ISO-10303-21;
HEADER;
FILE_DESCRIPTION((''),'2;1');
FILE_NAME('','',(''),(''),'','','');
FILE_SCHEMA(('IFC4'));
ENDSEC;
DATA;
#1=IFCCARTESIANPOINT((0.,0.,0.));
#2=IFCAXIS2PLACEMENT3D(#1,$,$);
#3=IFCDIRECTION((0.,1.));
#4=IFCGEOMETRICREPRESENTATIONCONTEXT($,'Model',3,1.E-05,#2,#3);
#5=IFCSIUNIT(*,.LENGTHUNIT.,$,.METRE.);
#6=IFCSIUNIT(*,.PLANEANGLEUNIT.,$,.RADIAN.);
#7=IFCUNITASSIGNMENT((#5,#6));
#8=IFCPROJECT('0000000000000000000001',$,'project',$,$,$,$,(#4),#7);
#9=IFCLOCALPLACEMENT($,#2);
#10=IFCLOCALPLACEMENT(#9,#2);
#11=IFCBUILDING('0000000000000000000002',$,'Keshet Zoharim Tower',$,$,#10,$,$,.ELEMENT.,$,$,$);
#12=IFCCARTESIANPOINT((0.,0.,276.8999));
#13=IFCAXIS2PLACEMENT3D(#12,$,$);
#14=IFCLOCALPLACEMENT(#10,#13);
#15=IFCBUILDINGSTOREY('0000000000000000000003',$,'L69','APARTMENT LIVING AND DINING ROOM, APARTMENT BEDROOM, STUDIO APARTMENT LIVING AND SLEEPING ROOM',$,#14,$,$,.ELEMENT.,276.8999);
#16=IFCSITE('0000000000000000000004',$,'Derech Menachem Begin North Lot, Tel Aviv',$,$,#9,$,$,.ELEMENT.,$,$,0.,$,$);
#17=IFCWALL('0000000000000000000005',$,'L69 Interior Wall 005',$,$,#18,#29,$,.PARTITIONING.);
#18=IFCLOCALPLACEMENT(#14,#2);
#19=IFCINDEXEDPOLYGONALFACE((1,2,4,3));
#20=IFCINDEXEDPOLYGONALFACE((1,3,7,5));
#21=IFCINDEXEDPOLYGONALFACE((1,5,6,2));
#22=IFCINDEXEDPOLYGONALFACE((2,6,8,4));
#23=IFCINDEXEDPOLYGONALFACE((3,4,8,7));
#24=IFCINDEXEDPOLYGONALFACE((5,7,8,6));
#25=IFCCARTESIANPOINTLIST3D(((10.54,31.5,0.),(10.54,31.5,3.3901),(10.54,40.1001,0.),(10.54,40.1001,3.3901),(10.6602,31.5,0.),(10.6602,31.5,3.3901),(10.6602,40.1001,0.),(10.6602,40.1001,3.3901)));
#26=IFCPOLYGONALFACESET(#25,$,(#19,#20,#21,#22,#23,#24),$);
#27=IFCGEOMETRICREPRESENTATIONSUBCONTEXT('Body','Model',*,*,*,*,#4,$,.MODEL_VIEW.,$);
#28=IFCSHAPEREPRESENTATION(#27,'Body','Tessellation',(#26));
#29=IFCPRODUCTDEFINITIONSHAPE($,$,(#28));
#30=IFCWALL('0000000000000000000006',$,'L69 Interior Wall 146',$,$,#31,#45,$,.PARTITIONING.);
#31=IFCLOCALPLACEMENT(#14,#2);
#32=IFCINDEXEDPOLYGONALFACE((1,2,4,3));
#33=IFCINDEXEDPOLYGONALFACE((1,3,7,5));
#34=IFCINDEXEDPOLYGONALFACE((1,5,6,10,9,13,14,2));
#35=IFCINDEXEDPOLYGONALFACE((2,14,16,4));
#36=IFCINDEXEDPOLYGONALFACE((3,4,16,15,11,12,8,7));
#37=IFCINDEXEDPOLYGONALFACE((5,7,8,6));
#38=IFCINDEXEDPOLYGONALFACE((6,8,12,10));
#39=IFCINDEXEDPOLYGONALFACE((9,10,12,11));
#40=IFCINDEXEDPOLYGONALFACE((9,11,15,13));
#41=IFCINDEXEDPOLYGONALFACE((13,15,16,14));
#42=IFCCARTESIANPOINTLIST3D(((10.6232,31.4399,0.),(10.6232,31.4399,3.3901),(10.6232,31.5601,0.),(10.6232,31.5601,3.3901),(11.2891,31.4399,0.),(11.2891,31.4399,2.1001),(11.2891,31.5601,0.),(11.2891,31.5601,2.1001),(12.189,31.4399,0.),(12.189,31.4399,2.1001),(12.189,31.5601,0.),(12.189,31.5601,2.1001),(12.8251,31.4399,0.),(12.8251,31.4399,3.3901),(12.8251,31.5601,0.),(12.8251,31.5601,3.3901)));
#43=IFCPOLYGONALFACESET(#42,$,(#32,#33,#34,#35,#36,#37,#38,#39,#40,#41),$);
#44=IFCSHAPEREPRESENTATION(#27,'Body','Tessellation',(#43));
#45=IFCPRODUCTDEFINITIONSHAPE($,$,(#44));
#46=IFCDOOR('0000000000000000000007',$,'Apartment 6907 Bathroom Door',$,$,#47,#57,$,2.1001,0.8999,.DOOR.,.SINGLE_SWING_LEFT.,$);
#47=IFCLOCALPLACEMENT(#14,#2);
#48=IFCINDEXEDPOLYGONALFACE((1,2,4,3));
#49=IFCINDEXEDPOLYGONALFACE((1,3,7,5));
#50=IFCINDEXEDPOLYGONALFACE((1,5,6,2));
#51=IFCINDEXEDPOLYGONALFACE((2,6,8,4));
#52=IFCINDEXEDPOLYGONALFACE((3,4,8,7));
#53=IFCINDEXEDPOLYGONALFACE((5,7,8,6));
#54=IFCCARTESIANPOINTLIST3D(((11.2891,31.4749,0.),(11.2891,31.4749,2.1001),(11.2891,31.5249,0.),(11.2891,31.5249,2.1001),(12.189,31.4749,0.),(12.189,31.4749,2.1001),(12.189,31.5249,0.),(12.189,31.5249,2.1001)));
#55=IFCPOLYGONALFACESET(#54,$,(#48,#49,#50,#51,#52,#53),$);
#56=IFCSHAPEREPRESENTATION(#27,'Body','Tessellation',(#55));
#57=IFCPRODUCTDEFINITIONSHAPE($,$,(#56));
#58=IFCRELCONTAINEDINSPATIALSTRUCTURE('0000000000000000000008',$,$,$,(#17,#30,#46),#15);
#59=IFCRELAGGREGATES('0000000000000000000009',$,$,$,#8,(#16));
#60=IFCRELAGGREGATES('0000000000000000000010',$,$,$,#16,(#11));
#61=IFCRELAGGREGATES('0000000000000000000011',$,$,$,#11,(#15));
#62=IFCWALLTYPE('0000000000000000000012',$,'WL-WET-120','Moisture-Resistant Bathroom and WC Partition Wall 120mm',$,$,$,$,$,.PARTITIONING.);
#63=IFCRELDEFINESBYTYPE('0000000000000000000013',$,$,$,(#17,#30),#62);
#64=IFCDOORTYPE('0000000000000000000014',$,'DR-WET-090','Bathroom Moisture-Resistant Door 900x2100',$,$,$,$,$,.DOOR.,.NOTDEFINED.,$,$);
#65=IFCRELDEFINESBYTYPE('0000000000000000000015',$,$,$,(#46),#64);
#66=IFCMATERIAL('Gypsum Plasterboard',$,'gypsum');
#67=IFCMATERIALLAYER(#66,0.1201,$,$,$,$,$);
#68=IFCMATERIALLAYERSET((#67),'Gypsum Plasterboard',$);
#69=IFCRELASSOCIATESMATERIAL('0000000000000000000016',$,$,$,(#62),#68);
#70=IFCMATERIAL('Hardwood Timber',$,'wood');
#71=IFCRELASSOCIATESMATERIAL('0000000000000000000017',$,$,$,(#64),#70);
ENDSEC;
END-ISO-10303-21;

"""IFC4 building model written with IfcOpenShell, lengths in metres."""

from ifc_helpers import new_model, si_unit, direction, frame, frame_2d, origin, place, context, subcontext, project, spatial, rectangle, extrude, material, layer, layer_set, type_object, element, fill, save


model = new_model("IFC4")

# Units and contexts
model_context = context("Model", 3, precision=1e-05, world=origin(), true_north=direction((0.0, 1.0)))
body_context = subcontext(model_context, "Body", "Model", "MODEL_VIEW")
ifc_project = project(units=[si_unit("LENGTHUNIT", "METRE"), si_unit("PLANEANGLEUNIT", "RADIAN")], contexts=[model_context])

# Site, building, storey
site_placement = place(None, origin())
site = spatial("IfcSite", under=ifc_project, at=site_placement, Name="Derech Menachem Begin North Lot, Tel Aviv", CompositionType="ELEMENT", RefElevation=0.0)
building_placement = place(site_placement, origin())
building = spatial("IfcBuilding", under=site, at=building_placement, Name="Keshet Zoharim Tower", CompositionType="ELEMENT")
storey_placement = place(building_placement, frame((0.0, 0.0, 276.8999)))
storey = spatial("IfcBuildingStorey", under=building, at=storey_placement, Name="L69", Description="APARTMENT LIVING AND DINING ROOM, APARTMENT BEDROOM, STUDIO APARTMENT LIVING AND SLEEPING ROOM", CompositionType="ELEMENT", Elevation=276.8999)

# Shared definitions
ifc_material_1 = material(Name="Hardwood Timber", Category="wood")

# Shared definitions
ifc_material_2 = material(Name="Gypsum Plasterboard", Category="gypsum")

# Wall
ifc_layer_1 = layer(ifc_material_2, 0.1201)
ifc_layer_set_1 = layer_set([ifc_layer_1], Name="Gypsum Plasterboard")
wall_type_1 = type_object("IfcWallType", Name="WL-WET-120", Description="Moisture-Resistant Bathroom and WC Partition Wall 120mm", PredefinedType="PARTITIONING", material=ifc_layer_set_1)
wall_1_placement = place(storey_placement, frame((10.6001, 31.5, 0.0), z_axis=(0.0, 0.0, 1.0), x_axis=(0.0, 1.0, 0.0)))
element("IfcWall", 1, at=wall_1_placement, inside=storey, type_object=wall_type_1, Name="L69 Interior Wall 005", PredefinedType="PARTITIONING", context=body_context, shape_type="SweptSolid", body=[
    extrude(rectangle(XDim=8.6001, YDim=0.1201, at=frame_2d((4.3, 0.0))), origin(), (0.0, 0.0, 1.0), 3.3901),
])

# Wall, opening, door
wall_2_placement = place(storey_placement, frame((10.623, 31.5, 0.0), z_axis=(0.0, 0.0, 1.0), x_axis=(1.0, 0.0, 0.0)))
wall_2 = element("IfcWall", 2, at=wall_2_placement, inside=storey, type_object=wall_type_1, Name="L69 Interior Wall 146", PredefinedType="PARTITIONING", context=body_context, shape_type="SweptSolid", body=[
    extrude(rectangle(XDim=2.2019, YDim=0.1201, at=frame_2d((1.1011, 0.0))), origin(), (0.0, 0.0, 1.0), 3.3901),
])
opening_1_placement = place(wall_2_placement, frame((0.666, 0.0, 0.0)))
opening_1 = element("IfcOpeningElement", 3, at=opening_1_placement, cuts=wall_2, PredefinedType="OPENING", context=body_context, shape_type="SweptSolid", body=[
    extrude(rectangle(XDim=0.8999, YDim=2.1001, at=frame_2d((0.45, 1.05))), frame((0.0, 0.0701, 0.0), z_axis=(0.0, -1.0, 0.0), x_axis=(1.0, 0.0, 0.0)), (0.0, 0.0, 1.0), 0.1401),
])
door_type_1 = type_object("IfcDoorType", Name="DR-WET-090", Description="Bathroom Moisture-Resistant Door 900x2100", OperationType="NOTDEFINED", PredefinedType="DOOR", material=ifc_material_1)
door_1_placement = place(opening_1_placement, origin())
door_1 = element("IfcDoor", 4, at=door_1_placement, inside=storey, type_object=door_type_1, Name="Apartment 6907 Bathroom Door", OperationType="SINGLE_SWING_LEFT", OverallHeight=2.1001, OverallWidth=0.8999, PredefinedType="DOOR", context=body_context, shape_type="SweptSolid", body=[
    extrude(rectangle(XDim=0.8999, YDim=2.1001, at=frame_2d((0.45, 1.05))), frame((0.0, 0.0249, 0.0), z_axis=(0.0, -1.0, 0.0), x_axis=(1.0, 0.0, 0.0)), (0.0, 0.0, 1.0), 0.05),
])
fill(opening_1, door_1)

save(model, "model.ifc")
